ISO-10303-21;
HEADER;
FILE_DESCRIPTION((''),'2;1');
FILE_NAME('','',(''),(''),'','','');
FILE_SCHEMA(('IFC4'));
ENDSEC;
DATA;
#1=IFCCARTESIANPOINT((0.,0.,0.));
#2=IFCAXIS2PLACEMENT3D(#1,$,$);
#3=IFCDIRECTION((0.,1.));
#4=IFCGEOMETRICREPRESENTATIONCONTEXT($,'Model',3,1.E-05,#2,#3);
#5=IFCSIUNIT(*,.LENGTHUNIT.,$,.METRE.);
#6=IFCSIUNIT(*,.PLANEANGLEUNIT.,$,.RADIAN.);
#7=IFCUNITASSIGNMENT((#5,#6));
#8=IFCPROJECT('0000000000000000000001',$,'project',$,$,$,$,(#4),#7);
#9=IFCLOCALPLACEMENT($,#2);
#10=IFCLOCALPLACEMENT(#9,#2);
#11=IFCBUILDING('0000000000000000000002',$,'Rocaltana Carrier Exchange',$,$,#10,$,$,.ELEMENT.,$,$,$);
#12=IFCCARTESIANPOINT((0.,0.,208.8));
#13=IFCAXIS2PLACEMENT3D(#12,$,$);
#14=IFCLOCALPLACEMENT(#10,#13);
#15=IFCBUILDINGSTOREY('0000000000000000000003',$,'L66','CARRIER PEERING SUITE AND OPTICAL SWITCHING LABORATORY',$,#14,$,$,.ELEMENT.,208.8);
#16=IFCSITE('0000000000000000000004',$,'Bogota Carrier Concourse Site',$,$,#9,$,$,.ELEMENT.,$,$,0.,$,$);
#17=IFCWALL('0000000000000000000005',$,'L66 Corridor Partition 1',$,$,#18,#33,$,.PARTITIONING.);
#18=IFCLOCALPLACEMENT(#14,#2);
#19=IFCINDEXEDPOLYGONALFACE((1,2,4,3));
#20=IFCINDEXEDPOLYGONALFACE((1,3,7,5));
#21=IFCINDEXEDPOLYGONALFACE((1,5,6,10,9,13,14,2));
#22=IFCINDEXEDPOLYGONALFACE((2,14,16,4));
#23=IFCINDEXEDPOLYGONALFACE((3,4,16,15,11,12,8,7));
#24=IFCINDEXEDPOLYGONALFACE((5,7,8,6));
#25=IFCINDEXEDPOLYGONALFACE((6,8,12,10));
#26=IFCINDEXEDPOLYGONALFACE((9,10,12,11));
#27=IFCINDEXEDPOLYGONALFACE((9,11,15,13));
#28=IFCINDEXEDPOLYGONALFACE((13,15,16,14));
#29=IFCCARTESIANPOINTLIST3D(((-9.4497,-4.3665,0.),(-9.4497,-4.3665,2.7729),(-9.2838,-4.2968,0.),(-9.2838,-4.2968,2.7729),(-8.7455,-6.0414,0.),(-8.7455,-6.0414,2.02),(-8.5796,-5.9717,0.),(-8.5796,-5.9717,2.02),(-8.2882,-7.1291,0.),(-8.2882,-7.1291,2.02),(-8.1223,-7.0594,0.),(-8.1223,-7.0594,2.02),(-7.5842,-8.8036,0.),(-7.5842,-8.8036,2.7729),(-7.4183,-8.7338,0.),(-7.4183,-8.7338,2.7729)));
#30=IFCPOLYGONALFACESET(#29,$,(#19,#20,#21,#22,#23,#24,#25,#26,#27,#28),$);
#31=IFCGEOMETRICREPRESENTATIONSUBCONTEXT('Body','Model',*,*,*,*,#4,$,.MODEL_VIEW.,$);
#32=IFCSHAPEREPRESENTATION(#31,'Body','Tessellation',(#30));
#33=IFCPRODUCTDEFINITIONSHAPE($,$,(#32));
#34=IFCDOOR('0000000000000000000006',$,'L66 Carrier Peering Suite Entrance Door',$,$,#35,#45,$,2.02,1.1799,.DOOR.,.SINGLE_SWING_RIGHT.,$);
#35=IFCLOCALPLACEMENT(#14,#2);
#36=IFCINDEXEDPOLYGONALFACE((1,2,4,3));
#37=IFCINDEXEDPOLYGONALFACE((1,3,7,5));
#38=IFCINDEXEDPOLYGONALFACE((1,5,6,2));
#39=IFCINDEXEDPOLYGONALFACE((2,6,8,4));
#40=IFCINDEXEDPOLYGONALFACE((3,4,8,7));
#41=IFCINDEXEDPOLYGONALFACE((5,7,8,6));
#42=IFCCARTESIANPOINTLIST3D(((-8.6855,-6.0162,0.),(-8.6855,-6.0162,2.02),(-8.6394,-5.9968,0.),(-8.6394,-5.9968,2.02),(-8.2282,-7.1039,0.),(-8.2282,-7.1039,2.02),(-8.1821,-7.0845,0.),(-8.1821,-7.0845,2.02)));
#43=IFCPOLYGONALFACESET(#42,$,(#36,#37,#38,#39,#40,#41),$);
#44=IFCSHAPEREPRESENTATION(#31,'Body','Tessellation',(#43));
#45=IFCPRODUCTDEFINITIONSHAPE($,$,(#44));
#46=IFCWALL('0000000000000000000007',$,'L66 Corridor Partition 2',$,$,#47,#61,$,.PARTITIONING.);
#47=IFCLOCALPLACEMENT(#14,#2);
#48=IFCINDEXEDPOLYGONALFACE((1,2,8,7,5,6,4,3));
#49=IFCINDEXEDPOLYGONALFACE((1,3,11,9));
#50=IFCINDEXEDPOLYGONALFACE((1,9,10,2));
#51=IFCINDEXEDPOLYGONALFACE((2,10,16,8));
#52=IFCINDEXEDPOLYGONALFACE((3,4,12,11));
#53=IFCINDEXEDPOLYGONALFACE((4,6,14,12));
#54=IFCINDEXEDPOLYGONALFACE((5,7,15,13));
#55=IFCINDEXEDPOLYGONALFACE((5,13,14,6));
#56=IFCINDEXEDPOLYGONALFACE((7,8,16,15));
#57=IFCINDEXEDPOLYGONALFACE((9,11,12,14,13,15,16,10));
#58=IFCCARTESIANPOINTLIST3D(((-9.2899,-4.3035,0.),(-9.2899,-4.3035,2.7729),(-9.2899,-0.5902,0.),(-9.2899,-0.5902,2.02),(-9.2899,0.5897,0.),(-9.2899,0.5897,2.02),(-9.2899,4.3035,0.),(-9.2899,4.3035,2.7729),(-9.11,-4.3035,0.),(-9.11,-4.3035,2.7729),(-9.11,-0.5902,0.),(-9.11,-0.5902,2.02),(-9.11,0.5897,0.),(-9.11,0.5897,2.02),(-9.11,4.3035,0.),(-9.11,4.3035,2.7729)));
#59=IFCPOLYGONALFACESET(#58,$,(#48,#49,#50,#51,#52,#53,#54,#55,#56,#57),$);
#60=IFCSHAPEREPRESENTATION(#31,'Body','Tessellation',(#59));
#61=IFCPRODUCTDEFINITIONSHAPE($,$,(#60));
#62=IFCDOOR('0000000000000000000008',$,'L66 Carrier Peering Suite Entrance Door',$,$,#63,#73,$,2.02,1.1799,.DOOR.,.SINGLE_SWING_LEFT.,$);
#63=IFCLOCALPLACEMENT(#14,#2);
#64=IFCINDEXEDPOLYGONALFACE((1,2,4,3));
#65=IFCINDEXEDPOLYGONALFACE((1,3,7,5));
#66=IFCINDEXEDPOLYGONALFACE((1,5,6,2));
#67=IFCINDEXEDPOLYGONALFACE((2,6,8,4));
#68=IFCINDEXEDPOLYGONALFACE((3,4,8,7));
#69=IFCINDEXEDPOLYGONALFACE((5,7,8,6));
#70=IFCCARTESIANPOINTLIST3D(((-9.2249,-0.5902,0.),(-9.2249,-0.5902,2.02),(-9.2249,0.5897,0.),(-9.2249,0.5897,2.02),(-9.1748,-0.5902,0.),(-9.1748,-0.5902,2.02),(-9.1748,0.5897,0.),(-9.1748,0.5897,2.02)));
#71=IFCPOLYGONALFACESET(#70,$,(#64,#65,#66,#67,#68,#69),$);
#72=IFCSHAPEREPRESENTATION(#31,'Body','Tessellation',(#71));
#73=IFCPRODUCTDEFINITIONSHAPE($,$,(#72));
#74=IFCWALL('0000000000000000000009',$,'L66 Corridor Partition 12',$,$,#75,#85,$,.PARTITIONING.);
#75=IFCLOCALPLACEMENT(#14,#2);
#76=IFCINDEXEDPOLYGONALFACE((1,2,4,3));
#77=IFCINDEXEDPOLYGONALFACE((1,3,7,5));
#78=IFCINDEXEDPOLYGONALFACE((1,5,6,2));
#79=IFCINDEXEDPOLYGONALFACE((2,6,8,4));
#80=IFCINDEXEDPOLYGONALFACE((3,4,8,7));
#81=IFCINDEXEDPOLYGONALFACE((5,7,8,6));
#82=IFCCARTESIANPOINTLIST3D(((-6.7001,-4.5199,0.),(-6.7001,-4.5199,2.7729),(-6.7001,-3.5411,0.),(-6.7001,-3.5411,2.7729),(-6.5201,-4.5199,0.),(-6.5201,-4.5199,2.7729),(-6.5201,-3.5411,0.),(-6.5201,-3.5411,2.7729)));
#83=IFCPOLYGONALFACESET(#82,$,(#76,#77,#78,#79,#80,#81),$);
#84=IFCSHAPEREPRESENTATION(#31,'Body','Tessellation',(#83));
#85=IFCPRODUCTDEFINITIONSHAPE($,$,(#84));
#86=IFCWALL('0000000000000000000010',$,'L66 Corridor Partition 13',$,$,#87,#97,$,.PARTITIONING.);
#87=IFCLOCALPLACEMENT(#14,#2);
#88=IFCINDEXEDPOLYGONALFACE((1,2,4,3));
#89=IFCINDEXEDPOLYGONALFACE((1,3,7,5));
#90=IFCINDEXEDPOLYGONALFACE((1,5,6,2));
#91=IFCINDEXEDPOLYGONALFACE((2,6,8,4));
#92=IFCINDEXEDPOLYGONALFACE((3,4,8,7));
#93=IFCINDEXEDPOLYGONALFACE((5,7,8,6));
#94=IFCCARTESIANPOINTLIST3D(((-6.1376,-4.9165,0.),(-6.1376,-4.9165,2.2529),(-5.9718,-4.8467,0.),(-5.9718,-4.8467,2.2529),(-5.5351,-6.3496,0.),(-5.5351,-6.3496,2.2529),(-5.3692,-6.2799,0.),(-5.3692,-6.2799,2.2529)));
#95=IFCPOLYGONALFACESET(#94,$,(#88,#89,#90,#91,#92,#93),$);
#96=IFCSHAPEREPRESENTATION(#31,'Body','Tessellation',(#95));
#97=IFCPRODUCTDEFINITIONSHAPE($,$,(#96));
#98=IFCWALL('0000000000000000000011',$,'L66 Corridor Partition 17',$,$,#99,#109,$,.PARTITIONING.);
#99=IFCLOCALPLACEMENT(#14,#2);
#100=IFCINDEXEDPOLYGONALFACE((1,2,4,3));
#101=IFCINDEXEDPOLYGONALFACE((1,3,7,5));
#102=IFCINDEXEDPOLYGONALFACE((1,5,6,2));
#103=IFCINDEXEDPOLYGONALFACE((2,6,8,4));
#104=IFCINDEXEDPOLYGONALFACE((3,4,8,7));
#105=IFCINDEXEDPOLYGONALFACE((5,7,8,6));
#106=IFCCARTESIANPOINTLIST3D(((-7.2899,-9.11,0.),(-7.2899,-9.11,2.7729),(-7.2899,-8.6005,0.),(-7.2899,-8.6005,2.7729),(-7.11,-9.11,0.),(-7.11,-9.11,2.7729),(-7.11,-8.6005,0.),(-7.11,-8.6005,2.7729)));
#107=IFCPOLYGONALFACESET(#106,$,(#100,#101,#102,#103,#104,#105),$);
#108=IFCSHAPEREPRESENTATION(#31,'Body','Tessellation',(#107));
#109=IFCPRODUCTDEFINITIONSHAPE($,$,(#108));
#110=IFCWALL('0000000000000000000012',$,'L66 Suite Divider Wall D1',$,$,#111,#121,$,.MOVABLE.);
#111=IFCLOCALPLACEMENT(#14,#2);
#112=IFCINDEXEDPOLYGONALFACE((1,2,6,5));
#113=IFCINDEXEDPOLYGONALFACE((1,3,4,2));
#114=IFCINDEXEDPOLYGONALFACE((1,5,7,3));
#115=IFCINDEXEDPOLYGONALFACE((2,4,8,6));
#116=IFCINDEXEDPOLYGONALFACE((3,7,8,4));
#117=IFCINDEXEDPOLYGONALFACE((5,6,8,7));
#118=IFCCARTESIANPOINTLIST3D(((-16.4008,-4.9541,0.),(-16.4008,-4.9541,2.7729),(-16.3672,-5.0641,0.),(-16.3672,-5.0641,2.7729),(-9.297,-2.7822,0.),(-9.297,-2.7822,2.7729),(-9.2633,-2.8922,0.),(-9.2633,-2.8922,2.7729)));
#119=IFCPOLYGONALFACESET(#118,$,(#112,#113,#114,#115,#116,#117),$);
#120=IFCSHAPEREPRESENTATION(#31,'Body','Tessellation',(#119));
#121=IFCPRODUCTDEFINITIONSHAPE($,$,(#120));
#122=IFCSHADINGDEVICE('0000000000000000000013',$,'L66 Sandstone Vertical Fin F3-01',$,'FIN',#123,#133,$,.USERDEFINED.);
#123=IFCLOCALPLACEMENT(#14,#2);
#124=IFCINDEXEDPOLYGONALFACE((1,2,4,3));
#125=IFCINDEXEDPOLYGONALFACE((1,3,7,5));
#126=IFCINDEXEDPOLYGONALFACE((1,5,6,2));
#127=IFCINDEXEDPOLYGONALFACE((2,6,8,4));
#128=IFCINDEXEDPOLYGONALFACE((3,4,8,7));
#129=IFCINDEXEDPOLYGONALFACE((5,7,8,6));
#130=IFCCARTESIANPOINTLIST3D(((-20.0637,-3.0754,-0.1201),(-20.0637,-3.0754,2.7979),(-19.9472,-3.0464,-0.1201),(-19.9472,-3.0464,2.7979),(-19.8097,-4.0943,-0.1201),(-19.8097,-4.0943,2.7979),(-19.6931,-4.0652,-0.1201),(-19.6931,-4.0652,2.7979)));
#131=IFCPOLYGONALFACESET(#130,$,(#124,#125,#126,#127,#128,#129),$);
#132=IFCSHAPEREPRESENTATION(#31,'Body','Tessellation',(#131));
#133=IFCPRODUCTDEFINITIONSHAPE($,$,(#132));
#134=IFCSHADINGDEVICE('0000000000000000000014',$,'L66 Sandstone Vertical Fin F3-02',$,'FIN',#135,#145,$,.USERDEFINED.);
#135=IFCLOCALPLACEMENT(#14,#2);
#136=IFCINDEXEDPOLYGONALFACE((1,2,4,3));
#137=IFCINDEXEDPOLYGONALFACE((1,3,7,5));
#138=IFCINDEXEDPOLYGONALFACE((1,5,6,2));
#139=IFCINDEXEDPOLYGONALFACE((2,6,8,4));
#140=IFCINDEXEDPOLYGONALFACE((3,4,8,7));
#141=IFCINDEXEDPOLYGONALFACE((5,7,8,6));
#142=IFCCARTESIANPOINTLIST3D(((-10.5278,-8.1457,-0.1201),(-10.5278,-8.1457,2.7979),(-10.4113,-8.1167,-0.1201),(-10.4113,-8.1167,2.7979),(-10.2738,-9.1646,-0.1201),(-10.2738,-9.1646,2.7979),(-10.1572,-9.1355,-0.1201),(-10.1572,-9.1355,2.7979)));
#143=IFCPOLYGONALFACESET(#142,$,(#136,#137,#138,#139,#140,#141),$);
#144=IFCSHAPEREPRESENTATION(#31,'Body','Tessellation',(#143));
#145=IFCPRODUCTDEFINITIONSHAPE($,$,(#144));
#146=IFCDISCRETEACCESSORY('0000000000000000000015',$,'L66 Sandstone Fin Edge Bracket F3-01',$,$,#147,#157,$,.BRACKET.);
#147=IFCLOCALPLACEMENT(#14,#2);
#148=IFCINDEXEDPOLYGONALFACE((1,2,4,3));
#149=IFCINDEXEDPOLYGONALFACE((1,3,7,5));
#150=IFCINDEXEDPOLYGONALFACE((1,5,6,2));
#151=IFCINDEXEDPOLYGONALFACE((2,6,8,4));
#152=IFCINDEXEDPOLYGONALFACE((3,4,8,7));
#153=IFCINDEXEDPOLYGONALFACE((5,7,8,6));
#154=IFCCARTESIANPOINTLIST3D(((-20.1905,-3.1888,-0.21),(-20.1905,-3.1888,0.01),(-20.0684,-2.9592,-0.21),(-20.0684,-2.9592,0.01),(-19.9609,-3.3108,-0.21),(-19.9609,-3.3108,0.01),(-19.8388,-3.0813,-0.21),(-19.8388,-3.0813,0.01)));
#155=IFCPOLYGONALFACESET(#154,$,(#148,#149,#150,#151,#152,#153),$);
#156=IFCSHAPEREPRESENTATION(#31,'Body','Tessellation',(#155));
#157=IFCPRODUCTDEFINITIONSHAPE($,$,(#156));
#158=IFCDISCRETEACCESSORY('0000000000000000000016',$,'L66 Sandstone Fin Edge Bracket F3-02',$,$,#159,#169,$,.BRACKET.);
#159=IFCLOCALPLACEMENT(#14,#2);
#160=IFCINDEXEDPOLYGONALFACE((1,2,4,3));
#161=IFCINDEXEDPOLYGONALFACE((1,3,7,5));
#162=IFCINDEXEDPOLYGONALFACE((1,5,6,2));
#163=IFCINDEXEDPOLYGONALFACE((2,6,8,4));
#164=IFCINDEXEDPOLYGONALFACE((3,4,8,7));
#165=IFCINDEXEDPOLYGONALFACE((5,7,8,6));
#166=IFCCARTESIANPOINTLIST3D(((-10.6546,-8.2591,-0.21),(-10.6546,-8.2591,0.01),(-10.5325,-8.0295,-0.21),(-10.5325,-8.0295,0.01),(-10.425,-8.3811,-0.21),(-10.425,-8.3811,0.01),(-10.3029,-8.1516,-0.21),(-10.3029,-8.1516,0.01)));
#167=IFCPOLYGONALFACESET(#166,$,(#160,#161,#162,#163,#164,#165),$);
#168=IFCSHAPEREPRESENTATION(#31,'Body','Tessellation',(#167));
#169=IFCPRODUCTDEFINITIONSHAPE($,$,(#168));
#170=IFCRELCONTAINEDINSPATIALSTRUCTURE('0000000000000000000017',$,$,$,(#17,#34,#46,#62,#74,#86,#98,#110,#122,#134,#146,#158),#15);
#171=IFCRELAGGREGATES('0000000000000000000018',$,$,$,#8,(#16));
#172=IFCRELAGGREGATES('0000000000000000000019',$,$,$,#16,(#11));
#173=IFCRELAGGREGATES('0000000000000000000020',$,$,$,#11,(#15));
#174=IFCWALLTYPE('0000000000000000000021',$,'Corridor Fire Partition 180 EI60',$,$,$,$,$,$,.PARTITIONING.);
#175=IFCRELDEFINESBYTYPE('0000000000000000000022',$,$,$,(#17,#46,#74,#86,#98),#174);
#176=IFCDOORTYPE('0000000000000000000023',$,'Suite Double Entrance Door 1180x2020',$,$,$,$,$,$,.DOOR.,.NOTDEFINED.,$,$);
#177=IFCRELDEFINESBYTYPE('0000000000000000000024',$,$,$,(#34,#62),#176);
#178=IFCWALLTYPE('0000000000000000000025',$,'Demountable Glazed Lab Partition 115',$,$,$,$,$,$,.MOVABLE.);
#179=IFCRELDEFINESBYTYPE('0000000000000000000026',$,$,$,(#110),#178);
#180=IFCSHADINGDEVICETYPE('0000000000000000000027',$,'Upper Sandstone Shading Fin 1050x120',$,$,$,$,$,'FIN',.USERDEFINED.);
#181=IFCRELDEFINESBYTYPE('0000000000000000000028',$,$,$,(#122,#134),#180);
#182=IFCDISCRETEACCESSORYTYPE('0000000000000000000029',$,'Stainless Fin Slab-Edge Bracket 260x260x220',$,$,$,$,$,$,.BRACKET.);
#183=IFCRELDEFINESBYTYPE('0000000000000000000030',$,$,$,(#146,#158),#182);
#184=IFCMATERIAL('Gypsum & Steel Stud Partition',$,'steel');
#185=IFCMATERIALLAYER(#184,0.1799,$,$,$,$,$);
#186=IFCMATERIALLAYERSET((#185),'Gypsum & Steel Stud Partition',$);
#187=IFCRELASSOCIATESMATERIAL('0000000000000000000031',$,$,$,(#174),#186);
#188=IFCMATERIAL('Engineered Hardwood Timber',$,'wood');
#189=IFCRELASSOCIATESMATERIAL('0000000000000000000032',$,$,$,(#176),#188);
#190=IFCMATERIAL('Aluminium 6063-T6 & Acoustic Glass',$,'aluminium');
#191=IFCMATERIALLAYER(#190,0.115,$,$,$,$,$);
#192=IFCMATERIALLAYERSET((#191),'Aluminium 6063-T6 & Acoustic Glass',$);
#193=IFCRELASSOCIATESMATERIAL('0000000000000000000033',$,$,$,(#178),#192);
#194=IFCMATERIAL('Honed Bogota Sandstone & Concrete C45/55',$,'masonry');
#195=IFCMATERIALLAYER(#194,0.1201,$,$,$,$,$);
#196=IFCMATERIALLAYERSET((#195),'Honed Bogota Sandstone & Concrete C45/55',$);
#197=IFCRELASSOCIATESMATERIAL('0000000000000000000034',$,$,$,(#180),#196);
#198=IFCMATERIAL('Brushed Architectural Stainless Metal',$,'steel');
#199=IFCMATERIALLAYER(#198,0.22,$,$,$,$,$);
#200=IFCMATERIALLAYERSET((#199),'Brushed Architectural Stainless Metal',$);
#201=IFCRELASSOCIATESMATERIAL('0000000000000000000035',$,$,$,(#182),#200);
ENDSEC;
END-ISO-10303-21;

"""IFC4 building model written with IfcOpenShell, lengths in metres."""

from ifc_helpers import new_model, si_unit, direction, frame, frame_2d, origin, origin_2d, place, context, subcontext, project, spatial, rectangle, extrude, material, layer, layer_set, type_object, element, fill, save


model = new_model("IFC4")

# Units and contexts
model_context = context("Model", 3, precision=1e-05, world=origin(), true_north=direction((0.0, 1.0)))
body_context = subcontext(model_context, "Body", "Model", "MODEL_VIEW")
ifc_project = project(units=[si_unit("LENGTHUNIT", "METRE"), si_unit("PLANEANGLEUNIT", "RADIAN")], contexts=[model_context])

# Site, building, storey
site_placement = place(None, origin())
site = spatial("IfcSite", under=ifc_project, at=site_placement, Name="Bogota Carrier Concourse Site", CompositionType="ELEMENT", RefElevation=0.0)
building_placement = place(site_placement, origin())
building = spatial("IfcBuilding", under=site, at=building_placement, Name="Rocaltana Carrier Exchange", CompositionType="ELEMENT")
storey_placement = place(building_placement, frame((0.0, 0.0, 208.8)))
storey = spatial("IfcBuildingStorey", under=building, at=storey_placement, Name="L66", Description="CARRIER PEERING SUITE AND OPTICAL SWITCHING LABORATORY", CompositionType="ELEMENT", Elevation=208.8)

# Walls, openings, doors
ifc_material_1 = material(Name="Gypsum & Steel Stud Partition", Category="steel")
ifc_layer_1 = layer(ifc_material_1, 0.1799)
ifc_layer_set_1 = layer_set([ifc_layer_1], Name="Gypsum & Steel Stud Partition")
wall_type_1 = type_object("IfcWallType", Name="Corridor Fire Partition 180 EI60", PredefinedType="PARTITIONING", material=ifc_layer_set_1)
wall_1_placement = place(storey_placement, frame((-7.5012, -8.7688, 0.0), z_axis=(0.0, 0.0, 1.0), x_axis=(-0.387574, 0.921839, 0.0)))
wall_1 = element("IfcWall", 1, at=wall_1_placement, inside=storey, type_object=wall_type_1, Name="L66 Corridor Partition 1", PredefinedType="PARTITIONING", context=body_context, shape_type="SweptSolid", body=[
    extrude(rectangle(XDim=4.8132, YDim=0.1799, at=frame_2d((2.4067, 0.0))), origin(), (0.0, 0.0, 1.0), 2.7729),
])
opening_1_placement = place(wall_1_placement, frame((1.8167, 0.0, 0.0)))
opening_1 = element("IfcOpeningElement", 2, at=opening_1_placement, cuts=wall_1, PredefinedType="OPENING", context=body_context, shape_type="SweptSolid", body=[
    extrude(rectangle(XDim=1.1799, YDim=2.02, at=frame_2d((0.5898, 1.01))), frame((0.0, 0.0999, 0.0), z_axis=(0.0, -1.0, 0.0), x_axis=(1.0, 0.0, 0.0)), (0.0, 0.0, 1.0), 0.2),
])
ifc_material_2 = material(Name="Engineered Hardwood Timber", Category="wood")
door_type = type_object("IfcDoorType", Name="Suite Double Entrance Door 1180x2020", OperationType="NOTDEFINED", PredefinedType="DOOR", material=ifc_material_2)
door_1_placement = place(opening_1_placement, origin())
door_1 = element("IfcDoor", 3, at=door_1_placement, inside=storey, type_object=door_type, Name="L66 Carrier Peering Suite Entrance Door", OperationType="SINGLE_SWING_RIGHT", OverallHeight=2.02, OverallWidth=1.1799, PredefinedType="DOOR", context=body_context, shape_type="SweptSolid", body=[
    extrude(rectangle(XDim=1.1799, YDim=2.02, at=frame_2d((0.5898, 1.01))), frame((0.0, 0.0249, 0.0), z_axis=(0.0, -1.0, 0.0), x_axis=(1.0, 0.0, 0.0)), (0.0, 0.0, 1.0), 0.05),
])
fill(opening_1, door_1)
wall_2_placement = place(storey_placement, frame((-9.2, -4.3035, 0.0), z_axis=(0.0, 0.0, 1.0), x_axis=(0.0, 1.0, 0.0)))
wall_2 = element("IfcWall", 4, at=wall_2_placement, inside=storey, type_object=wall_type_1, Name="L66 Corridor Partition 2", PredefinedType="PARTITIONING", context=body_context, shape_type="SweptSolid", body=[
    extrude(rectangle(XDim=8.6069, YDim=0.1799, at=frame_2d((4.3035, 0.0))), origin(), (0.0, 0.0, 1.0), 2.7729),
])
opening_2_placement = place(wall_2_placement, frame((3.7134, 0.0, 0.0)))
opening_2 = element("IfcOpeningElement", 5, at=opening_2_placement, cuts=wall_2, PredefinedType="OPENING", context=body_context, shape_type="SweptSolid", body=[
    extrude(rectangle(XDim=1.1799, YDim=2.02, at=frame_2d((0.5898, 1.01))), frame((0.0, 0.0999, 0.0), z_axis=(0.0, -1.0, 0.0), x_axis=(1.0, 0.0, 0.0)), (0.0, 0.0, 1.0), 0.2),
])
door_2_placement = place(opening_2_placement, origin())
door_2 = element("IfcDoor", 6, at=door_2_placement, inside=storey, type_object=door_type, Name="L66 Carrier Peering Suite Entrance Door", OperationType="SINGLE_SWING_LEFT", OverallHeight=2.02, OverallWidth=1.1799, PredefinedType="DOOR", context=body_context, shape_type="SweptSolid", body=[
    extrude(rectangle(XDim=1.1799, YDim=2.02, at=frame_2d((0.5898, 1.01))), frame((0.0, 0.0249, 0.0), z_axis=(0.0, -1.0, 0.0), x_axis=(1.0, 0.0, 0.0)), (0.0, 0.0, 1.0), 0.05),
])
fill(opening_2, door_2)

# Walls
wall_3_placement = place(storey_placement, frame((-6.6101, -3.5413, 0.0), z_axis=(0.0, 0.0, 1.0), x_axis=(0.0, -1.0, 0.0)))
element("IfcWall", 7, at=wall_3_placement, inside=storey, type_object=wall_type_1, Name="L66 Corridor Partition 12", PredefinedType="PARTITIONING", context=body_context, shape_type="SweptSolid", body=[
    extrude(rectangle(XDim=0.9788, YDim=0.1799, at=frame_2d((0.4893, 0.0))), origin(), (0.0, 0.0, 1.0), 2.7729),
])
wall_4_placement = place(storey_placement, frame((-6.0547, -4.8816, 0.0), z_axis=(0.0, 0.0, 1.0), x_axis=(0.38758, -0.921836, 0.0)))
element("IfcWall", 8, at=wall_4_placement, inside=storey, type_object=wall_type_1, Name="L66 Corridor Partition 13", PredefinedType="PARTITIONING", context=body_context, shape_type="SweptSolid", body=[
    extrude(rectangle(XDim=1.5547, YDim=0.1799, at=frame_2d((0.7773, 0.0))), origin(), (0.0, 0.0, 1.0), 2.2529),
])
wall_5_placement = place(storey_placement, frame((-7.2, -9.1101, 0.0), z_axis=(0.0, 0.0, 1.0), x_axis=(0.0, 1.0, 0.0)))
element("IfcWall", 9, at=wall_5_placement, inside=storey, type_object=wall_type_1, Name="L66 Corridor Partition 17", PredefinedType="PARTITIONING", context=body_context, shape_type="SweptSolid", body=[
    extrude(rectangle(XDim=0.5095, YDim=0.1799, at=frame_2d((0.2549, 0.0))), origin(), (0.0, 0.0, 1.0), 2.7729),
])
ifc_material_3 = material(Name="Aluminium 6063-T6 & Acoustic Glass", Category="aluminium")
ifc_layer_2 = layer(ifc_material_3, 0.115)
ifc_layer_set_2 = layer_set([ifc_layer_2], Name="Aluminium 6063-T6 & Acoustic Glass")
wall_type_2 = type_object("IfcWallType", Name="Demountable Glazed Lab Partition 115", PredefinedType="MOVABLE", material=ifc_layer_set_2)
wall_6_placement = place(storey_placement, frame((-9.28, -2.8372, 0.0), z_axis=(0.0, 0.0, 1.0), x_axis=(-0.956303, -0.292376, 0.0)))
element("IfcWall", 10, at=wall_6_placement, inside=storey, type_object=wall_type_2, Name="L66 Suite Divider Wall D1", PredefinedType="MOVABLE", context=body_context, shape_type="SweptSolid", body=[
    extrude(rectangle(XDim=7.4285, YDim=0.115, at=frame_2d((3.7144, 0.0))), origin(), (0.0, 0.0, 1.0), 2.7729),
])

# Shading devices
ifc_material_4 = material(Name="Honed Bogota Sandstone & Concrete C45/55", Category="masonry")
ifc_layer_3 = layer(ifc_material_4, 0.1201)
ifc_layer_set_3 = layer_set([ifc_layer_3], Name="Honed Bogota Sandstone & Concrete C45/55")
shading_device_type = type_object("IfcShadingDeviceType", Name="Upper Sandstone Shading Fin 1050x120", ElementType="FIN", PredefinedType="USERDEFINED", material=ifc_layer_set_3)
for number, where, z_axis, x_axis, name in (
    (11, (-19.8784, -3.5703, -0.1201), (0.0, 0.0, 1.0), (0.241922, -0.970296, 0.0), "L66 Sandstone Vertical Fin F3-01"),
    (12, (-10.3425, -8.6406, -0.1201), (0.0, 0.0, 1.0), (0.241922, -0.970296, 0.0), "L66 Sandstone Vertical Fin F3-02"),
):
    element("IfcShadingDevice", number, at=place(storey_placement, frame(where, z_axis=z_axis, x_axis=x_axis)), inside=storey, type_object=shading_device_type, Name=name, ObjectType="FIN", PredefinedType="USERDEFINED", context=body_context, shape_type="SweptSolid", body=[
        extrude(rectangle(XDim=1.05, YDim=0.1201, at=origin_2d()), origin(), (0.0, 0.0, 1.0), 2.918),
    ])

# Discrete accessories
ifc_material_5 = material(Name="Brushed Architectural Stainless Metal", Category="steel")
ifc_layer_4 = layer(ifc_material_5, 0.22)
ifc_layer_set_4 = layer_set([ifc_layer_4], Name="Brushed Architectural Stainless Metal")
discrete_accessory_type = type_object("IfcDiscreteAccessoryType", Name="Stainless Fin Slab-Edge Bracket 260x260x220", PredefinedType="BRACKET", material=ifc_layer_set_4)
for number, where, z_axis, x_axis, name in (
    (13, (-20.0146, -3.135, -0.21), (0.0, 0.0, 1.0), (0.882948, -0.469472, 0.0), "L66 Sandstone Fin Edge Bracket F3-01"),
    (14, (-10.4788, -8.2053, -0.21), (0.0, 0.0, 1.0), (0.882948, -0.469472, 0.0), "L66 Sandstone Fin Edge Bracket F3-02"),
):
    element("IfcDiscreteAccessory", number, at=place(storey_placement, frame(where, z_axis=z_axis, x_axis=x_axis)), inside=storey, type_object=discrete_accessory_type, Name=name, PredefinedType="BRACKET", context=body_context, shape_type="SweptSolid", body=[
        extrude(rectangle(XDim=0.26, YDim=0.26, at=origin_2d()), origin(), (0.0, 0.0, 1.0), 0.22),
    ])

save(model, "model.ifc")
